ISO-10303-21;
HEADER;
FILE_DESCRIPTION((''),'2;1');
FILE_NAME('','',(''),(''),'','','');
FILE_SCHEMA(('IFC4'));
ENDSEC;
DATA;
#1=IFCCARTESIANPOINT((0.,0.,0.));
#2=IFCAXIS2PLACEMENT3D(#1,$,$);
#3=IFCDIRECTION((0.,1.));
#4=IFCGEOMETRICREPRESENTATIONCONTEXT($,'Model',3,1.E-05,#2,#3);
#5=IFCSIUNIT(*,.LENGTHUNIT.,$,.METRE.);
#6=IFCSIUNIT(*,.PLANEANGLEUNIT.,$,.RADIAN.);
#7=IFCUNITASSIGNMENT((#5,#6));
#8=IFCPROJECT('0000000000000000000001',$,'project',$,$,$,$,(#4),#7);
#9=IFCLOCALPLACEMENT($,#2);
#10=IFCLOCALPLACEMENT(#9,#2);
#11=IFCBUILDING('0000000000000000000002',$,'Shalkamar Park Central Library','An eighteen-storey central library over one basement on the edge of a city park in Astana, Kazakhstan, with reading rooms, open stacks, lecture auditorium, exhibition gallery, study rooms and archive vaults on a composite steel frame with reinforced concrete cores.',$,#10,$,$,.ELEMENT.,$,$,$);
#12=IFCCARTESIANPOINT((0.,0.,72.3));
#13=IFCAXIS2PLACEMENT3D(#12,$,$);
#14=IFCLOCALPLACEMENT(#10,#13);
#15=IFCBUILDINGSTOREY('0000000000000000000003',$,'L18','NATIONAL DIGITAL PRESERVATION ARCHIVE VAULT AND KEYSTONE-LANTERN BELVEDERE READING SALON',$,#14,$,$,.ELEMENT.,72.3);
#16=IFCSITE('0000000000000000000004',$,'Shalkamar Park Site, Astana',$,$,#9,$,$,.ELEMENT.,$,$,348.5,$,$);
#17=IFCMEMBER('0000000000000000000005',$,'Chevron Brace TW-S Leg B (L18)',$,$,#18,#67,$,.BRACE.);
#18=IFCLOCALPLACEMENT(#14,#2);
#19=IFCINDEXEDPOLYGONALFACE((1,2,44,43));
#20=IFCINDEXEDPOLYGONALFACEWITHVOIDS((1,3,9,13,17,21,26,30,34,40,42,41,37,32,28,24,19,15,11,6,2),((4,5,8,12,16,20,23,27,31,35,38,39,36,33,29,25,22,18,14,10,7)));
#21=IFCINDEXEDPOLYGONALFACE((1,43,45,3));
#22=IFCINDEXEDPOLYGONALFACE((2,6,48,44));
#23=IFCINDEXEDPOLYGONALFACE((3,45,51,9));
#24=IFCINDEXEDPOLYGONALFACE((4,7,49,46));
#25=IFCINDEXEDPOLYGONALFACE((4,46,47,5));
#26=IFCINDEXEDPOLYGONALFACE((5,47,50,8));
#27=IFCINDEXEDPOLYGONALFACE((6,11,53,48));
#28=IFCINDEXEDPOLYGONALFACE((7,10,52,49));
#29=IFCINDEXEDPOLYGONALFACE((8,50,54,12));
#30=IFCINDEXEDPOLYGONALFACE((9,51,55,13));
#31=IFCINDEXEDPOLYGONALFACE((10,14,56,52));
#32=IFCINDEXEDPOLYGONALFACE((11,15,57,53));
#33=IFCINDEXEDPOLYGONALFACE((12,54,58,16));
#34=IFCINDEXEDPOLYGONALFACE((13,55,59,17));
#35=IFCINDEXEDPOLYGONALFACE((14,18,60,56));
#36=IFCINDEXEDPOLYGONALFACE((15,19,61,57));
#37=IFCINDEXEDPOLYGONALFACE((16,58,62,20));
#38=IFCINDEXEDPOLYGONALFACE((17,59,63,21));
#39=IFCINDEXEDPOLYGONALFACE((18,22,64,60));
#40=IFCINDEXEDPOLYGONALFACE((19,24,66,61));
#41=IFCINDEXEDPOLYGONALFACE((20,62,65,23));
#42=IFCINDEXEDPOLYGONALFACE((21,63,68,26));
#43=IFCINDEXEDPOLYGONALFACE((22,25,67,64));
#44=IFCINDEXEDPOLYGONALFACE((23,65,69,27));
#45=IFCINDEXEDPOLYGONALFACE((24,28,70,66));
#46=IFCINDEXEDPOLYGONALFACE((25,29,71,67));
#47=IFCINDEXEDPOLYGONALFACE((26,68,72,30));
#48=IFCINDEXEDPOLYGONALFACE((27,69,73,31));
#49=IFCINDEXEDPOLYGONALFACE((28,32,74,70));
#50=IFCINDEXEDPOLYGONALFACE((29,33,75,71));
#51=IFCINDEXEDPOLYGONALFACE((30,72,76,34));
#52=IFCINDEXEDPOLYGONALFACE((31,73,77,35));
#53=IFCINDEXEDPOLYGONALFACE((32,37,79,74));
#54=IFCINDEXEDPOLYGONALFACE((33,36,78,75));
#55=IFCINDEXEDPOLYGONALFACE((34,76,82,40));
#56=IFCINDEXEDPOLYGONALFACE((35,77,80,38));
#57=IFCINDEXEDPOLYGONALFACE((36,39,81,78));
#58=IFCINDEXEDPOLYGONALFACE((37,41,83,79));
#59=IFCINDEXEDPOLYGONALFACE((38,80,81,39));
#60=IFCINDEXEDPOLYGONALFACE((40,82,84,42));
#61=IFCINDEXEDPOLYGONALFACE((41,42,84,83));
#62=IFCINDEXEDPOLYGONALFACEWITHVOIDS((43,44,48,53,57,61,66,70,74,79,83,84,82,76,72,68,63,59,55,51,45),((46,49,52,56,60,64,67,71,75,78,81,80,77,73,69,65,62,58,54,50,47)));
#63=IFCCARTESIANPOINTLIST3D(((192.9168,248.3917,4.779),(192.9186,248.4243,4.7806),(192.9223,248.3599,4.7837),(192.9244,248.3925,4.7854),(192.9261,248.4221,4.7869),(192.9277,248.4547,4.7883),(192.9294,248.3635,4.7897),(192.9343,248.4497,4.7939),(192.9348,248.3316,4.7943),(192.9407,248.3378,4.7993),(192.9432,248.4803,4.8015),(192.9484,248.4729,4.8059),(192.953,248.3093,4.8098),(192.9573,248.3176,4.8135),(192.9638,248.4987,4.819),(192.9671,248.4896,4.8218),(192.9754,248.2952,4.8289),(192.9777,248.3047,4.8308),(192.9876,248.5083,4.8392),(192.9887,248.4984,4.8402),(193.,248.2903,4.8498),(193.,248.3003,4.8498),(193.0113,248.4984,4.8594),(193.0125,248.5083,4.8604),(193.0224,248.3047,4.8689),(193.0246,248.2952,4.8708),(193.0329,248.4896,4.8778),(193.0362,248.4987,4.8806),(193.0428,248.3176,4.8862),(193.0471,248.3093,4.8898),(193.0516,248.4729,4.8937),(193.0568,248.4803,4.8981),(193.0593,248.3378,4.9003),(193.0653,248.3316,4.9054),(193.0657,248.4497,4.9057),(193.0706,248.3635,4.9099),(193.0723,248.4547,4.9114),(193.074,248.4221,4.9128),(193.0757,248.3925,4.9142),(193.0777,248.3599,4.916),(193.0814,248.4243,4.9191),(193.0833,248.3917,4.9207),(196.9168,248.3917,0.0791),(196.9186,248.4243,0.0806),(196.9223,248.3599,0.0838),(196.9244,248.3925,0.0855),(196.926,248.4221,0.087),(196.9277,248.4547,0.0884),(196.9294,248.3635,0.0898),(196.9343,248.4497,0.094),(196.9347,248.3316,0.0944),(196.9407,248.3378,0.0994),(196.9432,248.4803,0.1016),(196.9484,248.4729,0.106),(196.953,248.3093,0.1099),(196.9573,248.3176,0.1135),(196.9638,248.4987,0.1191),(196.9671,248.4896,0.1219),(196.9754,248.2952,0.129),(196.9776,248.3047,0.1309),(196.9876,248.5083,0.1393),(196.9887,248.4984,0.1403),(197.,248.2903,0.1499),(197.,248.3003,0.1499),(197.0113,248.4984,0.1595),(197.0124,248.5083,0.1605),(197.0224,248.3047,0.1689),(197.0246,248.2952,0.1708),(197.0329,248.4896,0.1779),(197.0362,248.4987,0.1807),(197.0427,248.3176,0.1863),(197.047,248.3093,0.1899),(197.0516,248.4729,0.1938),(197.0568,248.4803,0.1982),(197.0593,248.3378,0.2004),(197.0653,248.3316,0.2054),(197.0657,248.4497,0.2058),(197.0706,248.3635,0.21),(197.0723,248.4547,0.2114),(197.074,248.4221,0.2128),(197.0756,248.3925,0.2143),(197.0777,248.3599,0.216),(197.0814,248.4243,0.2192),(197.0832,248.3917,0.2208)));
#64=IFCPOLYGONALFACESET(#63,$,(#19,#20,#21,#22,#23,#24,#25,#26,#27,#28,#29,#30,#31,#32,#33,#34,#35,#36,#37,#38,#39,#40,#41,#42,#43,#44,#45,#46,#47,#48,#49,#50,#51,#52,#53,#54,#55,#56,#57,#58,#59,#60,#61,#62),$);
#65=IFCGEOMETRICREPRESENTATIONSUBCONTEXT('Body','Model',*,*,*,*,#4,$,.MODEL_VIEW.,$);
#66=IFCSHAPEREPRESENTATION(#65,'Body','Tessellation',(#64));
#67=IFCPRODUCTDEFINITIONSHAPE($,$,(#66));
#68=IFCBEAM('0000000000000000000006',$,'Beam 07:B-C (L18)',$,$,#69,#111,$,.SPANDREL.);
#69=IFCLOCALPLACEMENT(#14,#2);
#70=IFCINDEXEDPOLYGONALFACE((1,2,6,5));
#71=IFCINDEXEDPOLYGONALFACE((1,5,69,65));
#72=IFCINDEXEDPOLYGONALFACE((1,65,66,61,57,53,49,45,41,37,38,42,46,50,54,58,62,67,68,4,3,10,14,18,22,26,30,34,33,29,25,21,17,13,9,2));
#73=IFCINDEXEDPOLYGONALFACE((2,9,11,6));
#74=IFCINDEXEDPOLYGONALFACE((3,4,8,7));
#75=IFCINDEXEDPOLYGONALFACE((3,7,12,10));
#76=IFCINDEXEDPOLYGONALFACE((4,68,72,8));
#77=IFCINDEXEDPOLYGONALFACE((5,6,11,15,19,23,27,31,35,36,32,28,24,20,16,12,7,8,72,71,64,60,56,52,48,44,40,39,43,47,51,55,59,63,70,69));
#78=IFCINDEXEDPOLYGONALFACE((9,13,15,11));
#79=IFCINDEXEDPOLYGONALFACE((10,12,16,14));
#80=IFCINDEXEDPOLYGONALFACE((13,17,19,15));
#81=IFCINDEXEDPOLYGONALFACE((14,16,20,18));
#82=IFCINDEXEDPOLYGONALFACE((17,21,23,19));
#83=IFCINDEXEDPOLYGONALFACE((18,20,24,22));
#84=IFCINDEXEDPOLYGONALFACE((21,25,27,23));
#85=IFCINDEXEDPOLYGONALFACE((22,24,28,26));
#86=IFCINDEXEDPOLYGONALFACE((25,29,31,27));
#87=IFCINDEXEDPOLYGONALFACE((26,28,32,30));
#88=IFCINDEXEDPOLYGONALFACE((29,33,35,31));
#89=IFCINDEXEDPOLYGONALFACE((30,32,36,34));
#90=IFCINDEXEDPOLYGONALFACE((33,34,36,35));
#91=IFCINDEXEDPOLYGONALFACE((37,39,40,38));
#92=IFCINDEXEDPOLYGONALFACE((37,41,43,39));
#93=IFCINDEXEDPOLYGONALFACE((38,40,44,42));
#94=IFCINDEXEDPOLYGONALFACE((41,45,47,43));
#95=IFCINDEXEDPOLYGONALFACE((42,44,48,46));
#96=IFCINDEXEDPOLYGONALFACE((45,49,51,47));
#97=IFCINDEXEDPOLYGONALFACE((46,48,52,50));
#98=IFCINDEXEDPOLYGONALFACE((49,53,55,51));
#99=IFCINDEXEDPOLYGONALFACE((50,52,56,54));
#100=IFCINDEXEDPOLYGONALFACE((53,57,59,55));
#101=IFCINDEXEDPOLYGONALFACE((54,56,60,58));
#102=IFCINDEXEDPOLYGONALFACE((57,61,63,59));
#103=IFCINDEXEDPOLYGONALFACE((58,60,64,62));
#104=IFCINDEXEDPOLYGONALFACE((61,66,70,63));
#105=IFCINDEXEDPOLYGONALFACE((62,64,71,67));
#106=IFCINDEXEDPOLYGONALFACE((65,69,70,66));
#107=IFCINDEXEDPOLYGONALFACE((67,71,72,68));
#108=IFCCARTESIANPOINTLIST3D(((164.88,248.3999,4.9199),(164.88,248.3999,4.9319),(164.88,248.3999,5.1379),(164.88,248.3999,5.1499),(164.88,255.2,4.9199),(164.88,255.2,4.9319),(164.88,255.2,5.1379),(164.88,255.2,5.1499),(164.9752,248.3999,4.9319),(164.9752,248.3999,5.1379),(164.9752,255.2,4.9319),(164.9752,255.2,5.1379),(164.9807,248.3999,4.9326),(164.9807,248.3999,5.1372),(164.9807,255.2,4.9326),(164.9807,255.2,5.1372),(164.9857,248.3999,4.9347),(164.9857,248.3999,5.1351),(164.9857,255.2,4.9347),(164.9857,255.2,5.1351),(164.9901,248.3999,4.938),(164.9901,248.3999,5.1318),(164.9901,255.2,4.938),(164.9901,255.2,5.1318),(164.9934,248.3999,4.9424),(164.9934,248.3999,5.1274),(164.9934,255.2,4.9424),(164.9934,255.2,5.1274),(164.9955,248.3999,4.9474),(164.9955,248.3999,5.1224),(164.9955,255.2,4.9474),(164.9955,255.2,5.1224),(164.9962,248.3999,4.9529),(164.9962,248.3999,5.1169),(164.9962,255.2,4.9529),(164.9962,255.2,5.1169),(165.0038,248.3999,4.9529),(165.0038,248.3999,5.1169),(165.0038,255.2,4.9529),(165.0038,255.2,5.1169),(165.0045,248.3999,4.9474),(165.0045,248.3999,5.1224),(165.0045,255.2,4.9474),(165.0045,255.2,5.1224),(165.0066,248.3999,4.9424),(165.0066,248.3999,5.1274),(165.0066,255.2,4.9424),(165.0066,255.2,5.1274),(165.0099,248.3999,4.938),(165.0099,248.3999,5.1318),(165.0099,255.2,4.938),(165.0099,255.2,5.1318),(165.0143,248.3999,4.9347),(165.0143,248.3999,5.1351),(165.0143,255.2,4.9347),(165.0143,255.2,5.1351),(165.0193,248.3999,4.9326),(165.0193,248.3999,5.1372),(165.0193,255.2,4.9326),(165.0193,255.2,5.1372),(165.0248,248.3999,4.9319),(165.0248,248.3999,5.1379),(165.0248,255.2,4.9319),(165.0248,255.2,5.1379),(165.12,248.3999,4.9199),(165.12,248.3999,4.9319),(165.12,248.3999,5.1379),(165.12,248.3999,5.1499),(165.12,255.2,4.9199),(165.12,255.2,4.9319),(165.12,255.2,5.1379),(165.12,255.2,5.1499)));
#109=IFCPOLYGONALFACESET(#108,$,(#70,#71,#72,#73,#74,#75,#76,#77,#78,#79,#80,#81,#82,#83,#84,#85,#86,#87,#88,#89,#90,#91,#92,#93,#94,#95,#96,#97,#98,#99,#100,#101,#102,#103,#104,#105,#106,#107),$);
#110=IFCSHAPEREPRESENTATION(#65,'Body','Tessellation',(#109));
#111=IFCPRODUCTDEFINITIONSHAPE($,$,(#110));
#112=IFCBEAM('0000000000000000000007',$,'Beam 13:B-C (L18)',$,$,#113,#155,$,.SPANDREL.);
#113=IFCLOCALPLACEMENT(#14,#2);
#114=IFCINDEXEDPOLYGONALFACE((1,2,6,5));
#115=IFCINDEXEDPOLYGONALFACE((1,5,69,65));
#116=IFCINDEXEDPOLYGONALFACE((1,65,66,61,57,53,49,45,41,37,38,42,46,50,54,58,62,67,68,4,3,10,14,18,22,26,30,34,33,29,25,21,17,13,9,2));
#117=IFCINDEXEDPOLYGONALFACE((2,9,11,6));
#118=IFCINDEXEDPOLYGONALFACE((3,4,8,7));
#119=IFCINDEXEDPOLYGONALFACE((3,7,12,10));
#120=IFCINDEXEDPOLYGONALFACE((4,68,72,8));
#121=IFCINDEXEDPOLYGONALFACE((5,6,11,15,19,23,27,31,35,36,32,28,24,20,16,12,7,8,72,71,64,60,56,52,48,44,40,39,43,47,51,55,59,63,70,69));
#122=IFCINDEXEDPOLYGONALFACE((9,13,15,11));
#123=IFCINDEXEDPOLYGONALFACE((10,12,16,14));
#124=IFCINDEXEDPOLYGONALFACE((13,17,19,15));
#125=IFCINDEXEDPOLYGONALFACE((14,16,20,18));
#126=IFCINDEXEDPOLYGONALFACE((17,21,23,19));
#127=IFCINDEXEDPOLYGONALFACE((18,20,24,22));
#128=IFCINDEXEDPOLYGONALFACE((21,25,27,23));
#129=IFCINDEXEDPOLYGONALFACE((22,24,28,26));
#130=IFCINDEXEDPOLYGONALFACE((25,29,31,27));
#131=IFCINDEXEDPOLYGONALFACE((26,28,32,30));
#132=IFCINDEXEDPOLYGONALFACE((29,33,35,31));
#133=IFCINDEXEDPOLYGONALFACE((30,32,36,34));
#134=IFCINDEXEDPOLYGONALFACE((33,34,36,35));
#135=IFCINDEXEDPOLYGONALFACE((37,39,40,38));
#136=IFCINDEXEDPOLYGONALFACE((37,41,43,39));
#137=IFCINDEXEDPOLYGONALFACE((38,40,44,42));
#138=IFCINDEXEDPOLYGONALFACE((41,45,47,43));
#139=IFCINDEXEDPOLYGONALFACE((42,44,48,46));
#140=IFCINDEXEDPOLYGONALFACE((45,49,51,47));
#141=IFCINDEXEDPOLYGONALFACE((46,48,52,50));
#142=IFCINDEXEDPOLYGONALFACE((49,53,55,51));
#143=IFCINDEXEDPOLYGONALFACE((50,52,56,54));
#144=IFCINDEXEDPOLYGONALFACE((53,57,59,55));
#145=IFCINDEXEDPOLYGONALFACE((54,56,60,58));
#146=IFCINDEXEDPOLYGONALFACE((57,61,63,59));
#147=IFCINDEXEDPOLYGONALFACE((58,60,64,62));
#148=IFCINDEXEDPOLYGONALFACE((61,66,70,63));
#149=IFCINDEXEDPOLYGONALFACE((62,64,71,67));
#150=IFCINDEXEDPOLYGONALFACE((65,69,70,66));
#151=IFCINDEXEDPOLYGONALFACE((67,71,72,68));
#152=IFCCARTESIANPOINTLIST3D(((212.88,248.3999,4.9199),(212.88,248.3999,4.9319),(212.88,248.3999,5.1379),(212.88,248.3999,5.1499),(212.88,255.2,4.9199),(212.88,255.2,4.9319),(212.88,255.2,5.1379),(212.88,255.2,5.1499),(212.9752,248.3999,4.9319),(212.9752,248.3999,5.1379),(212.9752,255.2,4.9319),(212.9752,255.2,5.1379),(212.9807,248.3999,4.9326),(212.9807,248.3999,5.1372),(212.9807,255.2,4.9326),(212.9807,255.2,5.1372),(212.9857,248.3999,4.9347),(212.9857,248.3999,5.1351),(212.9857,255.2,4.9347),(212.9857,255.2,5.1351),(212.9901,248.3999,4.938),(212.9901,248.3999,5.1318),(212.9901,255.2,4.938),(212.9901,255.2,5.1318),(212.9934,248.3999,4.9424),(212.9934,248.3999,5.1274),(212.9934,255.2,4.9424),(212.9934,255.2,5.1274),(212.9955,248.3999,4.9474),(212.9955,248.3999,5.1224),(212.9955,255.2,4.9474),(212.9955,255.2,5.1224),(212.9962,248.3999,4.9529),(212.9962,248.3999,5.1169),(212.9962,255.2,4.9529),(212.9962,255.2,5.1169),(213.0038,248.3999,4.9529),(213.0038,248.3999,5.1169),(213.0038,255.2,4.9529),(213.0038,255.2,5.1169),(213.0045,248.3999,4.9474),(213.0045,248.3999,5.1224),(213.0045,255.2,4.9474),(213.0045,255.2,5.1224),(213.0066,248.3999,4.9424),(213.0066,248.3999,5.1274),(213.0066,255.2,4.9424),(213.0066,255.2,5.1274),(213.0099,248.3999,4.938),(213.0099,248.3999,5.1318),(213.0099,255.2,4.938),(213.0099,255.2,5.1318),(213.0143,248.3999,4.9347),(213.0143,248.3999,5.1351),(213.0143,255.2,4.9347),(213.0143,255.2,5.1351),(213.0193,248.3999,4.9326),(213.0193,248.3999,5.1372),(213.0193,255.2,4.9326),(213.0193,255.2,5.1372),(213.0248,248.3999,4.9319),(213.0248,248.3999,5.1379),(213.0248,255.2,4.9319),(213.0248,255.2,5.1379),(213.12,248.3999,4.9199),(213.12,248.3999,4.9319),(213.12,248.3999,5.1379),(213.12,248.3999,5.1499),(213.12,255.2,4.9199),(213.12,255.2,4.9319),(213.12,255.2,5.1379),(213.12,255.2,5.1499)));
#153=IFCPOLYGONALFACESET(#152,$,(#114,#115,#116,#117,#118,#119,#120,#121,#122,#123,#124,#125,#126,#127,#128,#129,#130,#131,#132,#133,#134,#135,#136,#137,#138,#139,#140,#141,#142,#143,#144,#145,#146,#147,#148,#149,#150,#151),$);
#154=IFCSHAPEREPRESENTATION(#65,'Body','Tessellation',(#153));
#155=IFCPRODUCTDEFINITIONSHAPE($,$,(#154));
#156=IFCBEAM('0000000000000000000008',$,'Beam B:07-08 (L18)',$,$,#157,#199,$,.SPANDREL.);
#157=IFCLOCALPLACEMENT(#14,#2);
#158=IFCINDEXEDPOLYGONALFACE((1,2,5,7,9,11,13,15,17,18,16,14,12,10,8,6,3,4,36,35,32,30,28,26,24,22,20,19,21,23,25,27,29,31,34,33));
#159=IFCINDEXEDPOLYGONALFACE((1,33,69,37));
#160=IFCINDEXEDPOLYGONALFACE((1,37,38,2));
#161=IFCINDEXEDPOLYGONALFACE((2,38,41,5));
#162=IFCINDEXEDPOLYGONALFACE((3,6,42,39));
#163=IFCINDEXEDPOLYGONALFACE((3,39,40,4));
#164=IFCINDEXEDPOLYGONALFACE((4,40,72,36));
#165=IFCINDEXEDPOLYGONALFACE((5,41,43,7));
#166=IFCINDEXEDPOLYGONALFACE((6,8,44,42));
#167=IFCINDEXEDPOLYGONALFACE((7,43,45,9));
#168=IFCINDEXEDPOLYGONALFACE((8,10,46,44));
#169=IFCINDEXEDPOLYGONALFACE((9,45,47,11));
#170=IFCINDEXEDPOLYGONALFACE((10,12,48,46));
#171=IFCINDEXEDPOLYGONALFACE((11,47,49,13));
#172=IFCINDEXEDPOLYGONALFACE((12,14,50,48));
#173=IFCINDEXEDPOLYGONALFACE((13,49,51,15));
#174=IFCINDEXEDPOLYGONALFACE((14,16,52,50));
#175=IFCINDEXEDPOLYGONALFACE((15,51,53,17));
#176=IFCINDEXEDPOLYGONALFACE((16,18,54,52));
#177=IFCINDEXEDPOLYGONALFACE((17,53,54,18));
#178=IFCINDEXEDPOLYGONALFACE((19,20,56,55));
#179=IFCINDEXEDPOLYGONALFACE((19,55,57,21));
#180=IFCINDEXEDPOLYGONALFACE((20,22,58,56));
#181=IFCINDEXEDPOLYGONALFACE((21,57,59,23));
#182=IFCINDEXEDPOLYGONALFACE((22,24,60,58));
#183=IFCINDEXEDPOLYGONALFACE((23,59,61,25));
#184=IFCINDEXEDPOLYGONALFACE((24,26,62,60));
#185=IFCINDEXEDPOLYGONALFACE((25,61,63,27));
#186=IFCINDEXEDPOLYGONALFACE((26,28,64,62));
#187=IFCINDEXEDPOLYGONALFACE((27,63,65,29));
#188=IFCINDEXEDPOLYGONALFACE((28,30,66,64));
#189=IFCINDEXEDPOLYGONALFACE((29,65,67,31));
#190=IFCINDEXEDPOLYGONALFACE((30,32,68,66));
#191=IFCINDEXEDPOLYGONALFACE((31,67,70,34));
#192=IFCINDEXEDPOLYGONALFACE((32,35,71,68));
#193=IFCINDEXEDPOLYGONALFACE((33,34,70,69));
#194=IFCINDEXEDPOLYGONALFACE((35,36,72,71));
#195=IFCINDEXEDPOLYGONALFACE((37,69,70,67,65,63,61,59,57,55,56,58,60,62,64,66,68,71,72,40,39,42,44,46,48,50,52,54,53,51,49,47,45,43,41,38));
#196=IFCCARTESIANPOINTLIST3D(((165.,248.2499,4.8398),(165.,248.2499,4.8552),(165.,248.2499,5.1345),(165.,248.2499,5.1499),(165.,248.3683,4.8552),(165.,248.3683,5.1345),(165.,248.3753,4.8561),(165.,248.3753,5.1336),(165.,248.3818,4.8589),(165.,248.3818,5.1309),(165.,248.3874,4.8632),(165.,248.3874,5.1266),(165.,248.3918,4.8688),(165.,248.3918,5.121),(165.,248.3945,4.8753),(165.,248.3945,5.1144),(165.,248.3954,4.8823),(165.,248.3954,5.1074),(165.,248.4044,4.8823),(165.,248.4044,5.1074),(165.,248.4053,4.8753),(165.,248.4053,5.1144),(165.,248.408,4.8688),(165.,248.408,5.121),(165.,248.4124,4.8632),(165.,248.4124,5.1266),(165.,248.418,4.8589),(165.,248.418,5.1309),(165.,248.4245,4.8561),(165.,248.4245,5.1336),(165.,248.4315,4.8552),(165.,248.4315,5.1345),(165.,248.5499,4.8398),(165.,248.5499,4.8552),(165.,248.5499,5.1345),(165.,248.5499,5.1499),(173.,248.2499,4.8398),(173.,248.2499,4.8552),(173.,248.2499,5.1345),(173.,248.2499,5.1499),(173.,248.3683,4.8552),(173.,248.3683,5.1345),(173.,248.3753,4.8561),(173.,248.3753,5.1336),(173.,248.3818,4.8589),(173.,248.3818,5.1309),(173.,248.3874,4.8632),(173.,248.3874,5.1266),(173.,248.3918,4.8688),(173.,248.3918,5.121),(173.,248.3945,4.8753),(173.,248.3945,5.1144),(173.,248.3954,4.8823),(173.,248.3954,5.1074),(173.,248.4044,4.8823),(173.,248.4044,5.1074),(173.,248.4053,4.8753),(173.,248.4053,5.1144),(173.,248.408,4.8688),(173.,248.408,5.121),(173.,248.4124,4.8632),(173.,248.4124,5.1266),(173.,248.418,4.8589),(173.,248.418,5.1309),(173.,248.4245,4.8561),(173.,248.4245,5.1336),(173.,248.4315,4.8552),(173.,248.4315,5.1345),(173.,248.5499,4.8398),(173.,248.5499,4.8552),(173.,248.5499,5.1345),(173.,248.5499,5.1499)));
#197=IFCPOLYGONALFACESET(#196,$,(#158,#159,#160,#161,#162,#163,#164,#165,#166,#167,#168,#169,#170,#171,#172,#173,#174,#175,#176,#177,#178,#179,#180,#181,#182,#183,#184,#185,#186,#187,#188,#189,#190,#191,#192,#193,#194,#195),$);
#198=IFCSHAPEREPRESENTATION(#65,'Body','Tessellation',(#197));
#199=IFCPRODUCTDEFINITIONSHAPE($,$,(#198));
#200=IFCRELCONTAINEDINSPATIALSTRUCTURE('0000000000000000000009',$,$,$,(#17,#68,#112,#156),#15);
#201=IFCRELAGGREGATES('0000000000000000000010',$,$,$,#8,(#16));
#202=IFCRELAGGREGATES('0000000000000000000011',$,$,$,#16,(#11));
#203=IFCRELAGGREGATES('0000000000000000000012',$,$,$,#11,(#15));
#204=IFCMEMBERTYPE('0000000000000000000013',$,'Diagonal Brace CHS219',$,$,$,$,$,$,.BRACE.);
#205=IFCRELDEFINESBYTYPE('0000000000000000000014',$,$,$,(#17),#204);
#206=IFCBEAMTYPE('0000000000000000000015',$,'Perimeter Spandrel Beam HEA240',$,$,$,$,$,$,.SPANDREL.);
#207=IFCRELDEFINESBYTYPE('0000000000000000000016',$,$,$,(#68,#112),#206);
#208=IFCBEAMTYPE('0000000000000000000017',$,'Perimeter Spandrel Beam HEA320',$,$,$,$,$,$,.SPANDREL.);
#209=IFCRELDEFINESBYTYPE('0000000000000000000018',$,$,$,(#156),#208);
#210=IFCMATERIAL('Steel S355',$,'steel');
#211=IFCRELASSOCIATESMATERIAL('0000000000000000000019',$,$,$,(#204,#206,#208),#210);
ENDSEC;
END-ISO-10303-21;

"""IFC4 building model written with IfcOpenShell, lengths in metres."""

from ifc_helpers import new_model, si_unit, direction, frame, origin, origin_2d, place, context, subcontext, project, spatial, hollow_circle, i_section, extrude, material, material_profile, profile_set, type_object, element, save


model = new_model("IFC4")

# Units and contexts
model_context = context("Model", 3, precision=1e-05, world=origin(), true_north=direction((0.0, 1.0)))
body_context = subcontext(model_context, "Body", "Model", "MODEL_VIEW")
ifc_project = project(units=[si_unit("LENGTHUNIT", "METRE"), si_unit("PLANEANGLEUNIT", "RADIAN")], contexts=[model_context])

# Site, building, storey
site_placement = place(None, origin())
site = spatial("IfcSite", under=ifc_project, at=site_placement, Name="Shalkamar Park Site, Astana", CompositionType="ELEMENT", RefElevation=348.5)
building_placement = place(site_placement, origin())
building = spatial("IfcBuilding", under=site, at=building_placement, Name="Shalkamar Park Central Library", Description="An eighteen-storey central library over one basement on the edge of a city park in Astana, Kazakhstan, with reading rooms, open stacks, lecture auditorium, exhibition gallery, study rooms and archive vaults on a composite steel frame with reinforced concrete cores.", CompositionType="ELEMENT")
storey_placement = place(building_placement, frame((0.0, 0.0, 72.3)))
storey = spatial("IfcBuildingStorey", under=building, at=storey_placement, Name="L18", Description="NATIONAL DIGITAL PRESERVATION ARCHIVE VAULT AND KEYSTONE-LANTERN BELVEDERE READING SALON", CompositionType="ELEMENT", Elevation=72.3)

# Shared definitions
ifc_material_1 = material(Name="Steel S355", Category="steel")

# Member
ifc_material_profile_1 = material_profile(ifc_material_1, hollow_circle(Radius=0.1096, WallThickness=0.01, at=origin_2d()), Name="CHS 219.1x10")
ifc_profile_set_1 = profile_set([ifc_material_profile_1], Name="Steel S355")
member_type = type_object("IfcMemberType", Name="Diagonal Brace CHS219", PredefinedType="BRACE", material=ifc_profile_set_1)
for number, where, z_axis, x_axis, name in (
    (1, (197.0, 248.3999, 0.1499), (-0.648123, 0.0, 0.761536), (0.0, -1.0, 0.0), "Chevron Brace TW-S Leg B (L18)"),
):
    element("IfcMember", number, at=place(storey_placement, frame(where, z_axis=z_axis, x_axis=x_axis)), inside=storey, type_object=member_type, Name=name, PredefinedType="BRACE", context=body_context, shape_type="SweptSolid", body=[
        extrude(hollow_circle(Radius=0.1096, WallThickness=0.01, at=origin_2d()), origin(), (0.0, 0.0, 1.0), 6.1716),
    ])

# Beams
ifc_material_profile_2 = material_profile(ifc_material_1, i_section(OverallWidth=0.24, OverallDepth=0.23, WebThickness=0.0076, FlangeThickness=0.012, FilletRadius=0.021, at=origin_2d()), Name="HEA 240")
ifc_profile_set_2 = profile_set([ifc_material_profile_2], Name="Steel S355")
beam_type_1 = type_object("IfcBeamType", Name="Perimeter Spandrel Beam HEA240", PredefinedType="SPANDREL", material=ifc_profile_set_2)
for number, where, z_axis, x_axis, name in (
    (2, (165.0, 248.3999, 5.0349), (0.0, 1.0, 0.0), (-1.0, 0.0, 0.0), "Beam 07:B-C (L18)"),
    (3, (213.0, 248.3999, 5.0349), (0.0, 1.0, 0.0), (-1.0, 0.0, 0.0), "Beam 13:B-C (L18)"),
):
    element("IfcBeam", number, at=place(storey_placement, frame(where, z_axis=z_axis, x_axis=x_axis)), inside=storey, type_object=beam_type_1, Name=name, PredefinedType="SPANDREL", context=body_context, shape_type="SweptSolid", body=[
        extrude(i_section(OverallWidth=0.24, OverallDepth=0.23, WebThickness=0.0076, FlangeThickness=0.012, FilletRadius=0.021, at=origin_2d()), origin(), (0.0, 0.0, 1.0), 6.8),
    ])
ifc_material_profile_3 = material_profile(ifc_material_1, i_section(OverallWidth=0.3, OverallDepth=0.3101, WebThickness=0.009, FlangeThickness=0.0154, FilletRadius=0.0271, at=origin_2d()), Name="HEA 320")
ifc_profile_set_3 = profile_set([ifc_material_profile_3], Name="Steel S355")
beam_type_2 = type_object("IfcBeamType", Name="Perimeter Spandrel Beam HEA320", PredefinedType="SPANDREL", material=ifc_profile_set_3)
for number, where, z_axis, x_axis, name in (
    (4, (165.0, 248.3999, 4.9949), (1.0, 0.0, 0.0), (0.0, 1.0, 0.0), "Beam B:07-08 (L18)"),
):
    element("IfcBeam", number, at=place(storey_placement, frame(where, z_axis=z_axis, x_axis=x_axis)), inside=storey, type_object=beam_type_2, Name=name, PredefinedType="SPANDREL", context=body_context, shape_type="SweptSolid", body=[
        extrude(i_section(OverallWidth=0.3, OverallDepth=0.3101, WebThickness=0.009, FlangeThickness=0.0154, FilletRadius=0.0271, at=origin_2d()), origin(), (0.0, 0.0, 1.0), 8.0),
    ])

save(model, "model.ifc")
